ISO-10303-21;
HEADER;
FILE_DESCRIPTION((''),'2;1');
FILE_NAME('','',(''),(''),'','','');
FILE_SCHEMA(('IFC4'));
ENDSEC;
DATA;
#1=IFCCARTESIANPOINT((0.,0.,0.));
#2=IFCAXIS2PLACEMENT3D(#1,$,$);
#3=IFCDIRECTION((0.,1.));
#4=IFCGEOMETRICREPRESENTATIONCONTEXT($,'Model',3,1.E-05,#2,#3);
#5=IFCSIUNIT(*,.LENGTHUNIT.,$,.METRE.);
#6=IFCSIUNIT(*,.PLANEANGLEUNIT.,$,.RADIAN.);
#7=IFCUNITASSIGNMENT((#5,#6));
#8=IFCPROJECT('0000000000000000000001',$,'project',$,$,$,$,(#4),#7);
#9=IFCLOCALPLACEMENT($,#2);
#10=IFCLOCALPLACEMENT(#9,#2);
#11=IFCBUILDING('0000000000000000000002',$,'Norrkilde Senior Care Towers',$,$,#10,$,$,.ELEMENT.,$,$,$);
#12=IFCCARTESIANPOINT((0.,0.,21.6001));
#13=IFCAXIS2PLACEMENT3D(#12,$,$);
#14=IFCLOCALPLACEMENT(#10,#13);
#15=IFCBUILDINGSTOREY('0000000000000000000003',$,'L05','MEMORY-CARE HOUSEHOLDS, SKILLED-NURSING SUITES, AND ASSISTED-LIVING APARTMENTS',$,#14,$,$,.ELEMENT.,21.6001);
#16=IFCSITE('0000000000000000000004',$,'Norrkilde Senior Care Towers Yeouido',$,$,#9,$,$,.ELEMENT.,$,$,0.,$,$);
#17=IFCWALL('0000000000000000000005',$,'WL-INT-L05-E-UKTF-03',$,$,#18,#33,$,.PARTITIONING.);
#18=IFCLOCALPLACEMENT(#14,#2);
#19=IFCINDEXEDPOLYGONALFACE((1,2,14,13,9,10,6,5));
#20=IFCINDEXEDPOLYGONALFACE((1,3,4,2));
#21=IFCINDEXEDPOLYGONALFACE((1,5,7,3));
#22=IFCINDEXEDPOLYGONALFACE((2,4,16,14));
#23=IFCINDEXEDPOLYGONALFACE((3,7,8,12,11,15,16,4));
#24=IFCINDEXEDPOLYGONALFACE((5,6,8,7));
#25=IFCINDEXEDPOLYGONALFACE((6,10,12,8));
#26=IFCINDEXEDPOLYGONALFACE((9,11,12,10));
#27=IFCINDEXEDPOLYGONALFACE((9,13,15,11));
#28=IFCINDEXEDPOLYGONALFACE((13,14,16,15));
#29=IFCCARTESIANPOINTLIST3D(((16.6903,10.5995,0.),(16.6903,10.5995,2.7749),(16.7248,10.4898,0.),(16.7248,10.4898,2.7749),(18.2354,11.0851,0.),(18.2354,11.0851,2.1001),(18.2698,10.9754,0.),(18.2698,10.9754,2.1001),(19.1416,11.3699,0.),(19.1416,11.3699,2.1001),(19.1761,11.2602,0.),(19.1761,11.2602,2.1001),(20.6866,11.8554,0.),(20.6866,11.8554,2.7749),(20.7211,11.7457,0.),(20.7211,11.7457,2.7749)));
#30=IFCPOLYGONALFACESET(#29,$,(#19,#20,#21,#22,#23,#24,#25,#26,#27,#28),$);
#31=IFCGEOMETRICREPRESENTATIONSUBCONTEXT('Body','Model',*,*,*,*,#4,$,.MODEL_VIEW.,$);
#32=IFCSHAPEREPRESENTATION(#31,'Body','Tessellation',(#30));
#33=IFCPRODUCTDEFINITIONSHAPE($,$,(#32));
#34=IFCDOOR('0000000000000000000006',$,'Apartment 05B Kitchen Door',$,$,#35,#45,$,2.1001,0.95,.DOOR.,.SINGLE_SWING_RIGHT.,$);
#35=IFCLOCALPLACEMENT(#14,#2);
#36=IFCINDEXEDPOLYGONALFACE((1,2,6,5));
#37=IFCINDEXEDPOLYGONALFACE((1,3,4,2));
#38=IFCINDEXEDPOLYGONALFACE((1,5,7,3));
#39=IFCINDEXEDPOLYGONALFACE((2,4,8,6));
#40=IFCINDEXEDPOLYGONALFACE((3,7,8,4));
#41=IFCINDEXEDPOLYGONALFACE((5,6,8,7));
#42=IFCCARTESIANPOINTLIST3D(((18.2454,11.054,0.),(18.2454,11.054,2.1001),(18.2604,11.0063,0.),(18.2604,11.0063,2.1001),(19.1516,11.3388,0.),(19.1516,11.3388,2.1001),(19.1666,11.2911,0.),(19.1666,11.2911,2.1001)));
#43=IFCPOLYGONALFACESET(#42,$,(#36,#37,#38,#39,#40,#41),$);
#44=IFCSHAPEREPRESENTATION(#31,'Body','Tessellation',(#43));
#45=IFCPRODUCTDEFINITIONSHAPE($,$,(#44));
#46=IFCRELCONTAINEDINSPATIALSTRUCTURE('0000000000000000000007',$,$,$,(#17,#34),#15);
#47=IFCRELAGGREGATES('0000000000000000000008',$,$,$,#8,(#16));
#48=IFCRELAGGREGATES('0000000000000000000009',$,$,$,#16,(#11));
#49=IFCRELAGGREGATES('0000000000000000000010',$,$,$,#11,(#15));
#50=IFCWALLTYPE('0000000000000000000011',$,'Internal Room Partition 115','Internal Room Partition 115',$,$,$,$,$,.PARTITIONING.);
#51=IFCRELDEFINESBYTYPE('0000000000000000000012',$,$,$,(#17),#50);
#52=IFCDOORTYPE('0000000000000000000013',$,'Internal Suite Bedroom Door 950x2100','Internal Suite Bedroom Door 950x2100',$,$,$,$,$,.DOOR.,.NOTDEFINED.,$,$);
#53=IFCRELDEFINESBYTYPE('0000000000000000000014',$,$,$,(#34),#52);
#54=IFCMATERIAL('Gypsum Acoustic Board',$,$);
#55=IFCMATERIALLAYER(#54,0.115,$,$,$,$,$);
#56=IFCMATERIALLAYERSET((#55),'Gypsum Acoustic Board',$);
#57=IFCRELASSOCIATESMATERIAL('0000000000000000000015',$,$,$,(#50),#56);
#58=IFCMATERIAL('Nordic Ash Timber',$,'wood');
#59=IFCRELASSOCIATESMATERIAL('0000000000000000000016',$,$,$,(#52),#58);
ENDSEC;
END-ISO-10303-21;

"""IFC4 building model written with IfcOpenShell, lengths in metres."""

from ifc_helpers import new_model, si_unit, direction, frame, frame_2d, origin, place, context, subcontext, project, spatial, rectangle, extrude, source, transform, mapped, material, layer, layer_set, type_object, type_shapes, element, fill, save


model = new_model("IFC4")

# Units and contexts
model_context = context("Model", 3, precision=1e-05, world=origin(), true_north=direction((0.0, 1.0)))
body_context = subcontext(model_context, "Body", "Model", "MODEL_VIEW")
ifc_project = project(units=[si_unit("LENGTHUNIT", "METRE"), si_unit("PLANEANGLEUNIT", "RADIAN")], contexts=[model_context])

# Site, building, storey
site_placement = place(None, origin())
site = spatial("IfcSite", under=ifc_project, at=site_placement, Name="Norrkilde Senior Care Towers Yeouido", CompositionType="ELEMENT", RefElevation=0.0)
building_placement = place(site_placement, origin())
building = spatial("IfcBuilding", under=site, at=building_placement, Name="Norrkilde Senior Care Towers", CompositionType="ELEMENT")
storey_placement = place(building_placement, frame((0.0, 0.0, 21.6001)))
storey = spatial("IfcBuildingStorey", under=building, at=storey_placement, Name="L05", Description="MEMORY-CARE HOUSEHOLDS, SKILLED-NURSING SUITES, AND ASSISTED-LIVING APARTMENTS", CompositionType="ELEMENT", Elevation=21.6001)

# Shared definitions
ifc_material_1 = material(Name="Gypsum Acoustic Board")
ifc_layer_1 = layer(ifc_material_1, 0.115)
ifc_layer_set_1 = layer_set([ifc_layer_1], Name="Gypsum Acoustic Board")
wall_type = type_object("IfcWallType", Name="Internal Room Partition 115", Description="Internal Room Partition 115", PredefinedType="PARTITIONING", material=ifc_layer_set_1)

# Wall, opening, door
shared_shape_1 = source(origin(), body_context, "Body", "SweptSolid", [
    extrude(rectangle(XDim=4.189, YDim=0.115, at=frame_2d((2.0945, 0.0))), origin(), (0.0, 0.0, 1.0), 2.7749),
])
wall_1_placement = place(storey_placement, frame((20.7039, 11.8005, 0.0), z_axis=(0.0, 0.0, 1.0), x_axis=(-0.954003, -0.299798, 0.0)))
wall_1 = element("IfcWall", 1, at=wall_1_placement, inside=storey, type_object=wall_type, Name="WL-INT-L05-E-UKTF-03", PredefinedType="PARTITIONING", context=body_context, shape_type="MappedRepresentation", body=[
    mapped(shared_shape_1, transform((0.0, 0.0, 0.0), x_axis=(1.0, 0.0, 0.0), y_axis=(0.0, 1.0, 0.0), z_axis=(0.0, 0.0, 1.0), scale=1.0)),
])
opening_placement = place(wall_1_placement, frame((1.6194, 0.0, 0.0)))
opening = element("IfcOpeningElement", 2, at=opening_placement, cuts=wall_1, PredefinedType="OPENING", context=body_context, shape_type="SweptSolid", body=[
    extrude(rectangle(XDim=0.95, YDim=2.1001, at=frame_2d((0.4751, 1.05))), frame((0.0, 0.0674, 0.0), z_axis=(0.0, -1.0, 0.0), x_axis=(1.0, 0.0, 0.0)), (0.0, 0.0, 1.0), 0.135),
])
ifc_material_2 = material(Name="Nordic Ash Timber", Category="wood")
door_type = type_object("IfcDoorType", Name="Internal Suite Bedroom Door 950x2100", Description="Internal Suite Bedroom Door 950x2100", OperationType="NOTDEFINED", PredefinedType="DOOR", material=ifc_material_2)
shared_shape_2 = source(origin(), body_context, "Body", "SweptSolid", [
    extrude(rectangle(XDim=0.95, YDim=2.1001, at=frame_2d((0.4751, 1.05))), frame((0.0, 0.0249, 0.0), z_axis=(0.0, -1.0, 0.0), x_axis=(1.0, 0.0, 0.0)), (0.0, 0.0, 1.0), 0.05),
])
type_shapes(door_type, [shared_shape_2])
door_placement = place(opening_placement, frame((0.95, 0.0, 0.0), z_axis=(0.0, 0.0, 1.0), x_axis=(-1.0, 0.0, 0.0)))
door = element("IfcDoor", 3, at=door_placement, inside=storey, type_object=door_type, Name="Apartment 05B Kitchen Door", OperationType="SINGLE_SWING_RIGHT", OverallHeight=2.1001, OverallWidth=0.95, PredefinedType="DOOR", context=body_context, shape_type="MappedRepresentation", body=[
    mapped(shared_shape_2, transform((0.0, 0.0, 0.0), x_axis=(1.0, 0.0, 0.0), y_axis=(0.0, 1.0, 0.0), z_axis=(0.0, 0.0, 1.0), scale=1.0)),
])
fill(opening, door)

save(model, "model.ifc")
